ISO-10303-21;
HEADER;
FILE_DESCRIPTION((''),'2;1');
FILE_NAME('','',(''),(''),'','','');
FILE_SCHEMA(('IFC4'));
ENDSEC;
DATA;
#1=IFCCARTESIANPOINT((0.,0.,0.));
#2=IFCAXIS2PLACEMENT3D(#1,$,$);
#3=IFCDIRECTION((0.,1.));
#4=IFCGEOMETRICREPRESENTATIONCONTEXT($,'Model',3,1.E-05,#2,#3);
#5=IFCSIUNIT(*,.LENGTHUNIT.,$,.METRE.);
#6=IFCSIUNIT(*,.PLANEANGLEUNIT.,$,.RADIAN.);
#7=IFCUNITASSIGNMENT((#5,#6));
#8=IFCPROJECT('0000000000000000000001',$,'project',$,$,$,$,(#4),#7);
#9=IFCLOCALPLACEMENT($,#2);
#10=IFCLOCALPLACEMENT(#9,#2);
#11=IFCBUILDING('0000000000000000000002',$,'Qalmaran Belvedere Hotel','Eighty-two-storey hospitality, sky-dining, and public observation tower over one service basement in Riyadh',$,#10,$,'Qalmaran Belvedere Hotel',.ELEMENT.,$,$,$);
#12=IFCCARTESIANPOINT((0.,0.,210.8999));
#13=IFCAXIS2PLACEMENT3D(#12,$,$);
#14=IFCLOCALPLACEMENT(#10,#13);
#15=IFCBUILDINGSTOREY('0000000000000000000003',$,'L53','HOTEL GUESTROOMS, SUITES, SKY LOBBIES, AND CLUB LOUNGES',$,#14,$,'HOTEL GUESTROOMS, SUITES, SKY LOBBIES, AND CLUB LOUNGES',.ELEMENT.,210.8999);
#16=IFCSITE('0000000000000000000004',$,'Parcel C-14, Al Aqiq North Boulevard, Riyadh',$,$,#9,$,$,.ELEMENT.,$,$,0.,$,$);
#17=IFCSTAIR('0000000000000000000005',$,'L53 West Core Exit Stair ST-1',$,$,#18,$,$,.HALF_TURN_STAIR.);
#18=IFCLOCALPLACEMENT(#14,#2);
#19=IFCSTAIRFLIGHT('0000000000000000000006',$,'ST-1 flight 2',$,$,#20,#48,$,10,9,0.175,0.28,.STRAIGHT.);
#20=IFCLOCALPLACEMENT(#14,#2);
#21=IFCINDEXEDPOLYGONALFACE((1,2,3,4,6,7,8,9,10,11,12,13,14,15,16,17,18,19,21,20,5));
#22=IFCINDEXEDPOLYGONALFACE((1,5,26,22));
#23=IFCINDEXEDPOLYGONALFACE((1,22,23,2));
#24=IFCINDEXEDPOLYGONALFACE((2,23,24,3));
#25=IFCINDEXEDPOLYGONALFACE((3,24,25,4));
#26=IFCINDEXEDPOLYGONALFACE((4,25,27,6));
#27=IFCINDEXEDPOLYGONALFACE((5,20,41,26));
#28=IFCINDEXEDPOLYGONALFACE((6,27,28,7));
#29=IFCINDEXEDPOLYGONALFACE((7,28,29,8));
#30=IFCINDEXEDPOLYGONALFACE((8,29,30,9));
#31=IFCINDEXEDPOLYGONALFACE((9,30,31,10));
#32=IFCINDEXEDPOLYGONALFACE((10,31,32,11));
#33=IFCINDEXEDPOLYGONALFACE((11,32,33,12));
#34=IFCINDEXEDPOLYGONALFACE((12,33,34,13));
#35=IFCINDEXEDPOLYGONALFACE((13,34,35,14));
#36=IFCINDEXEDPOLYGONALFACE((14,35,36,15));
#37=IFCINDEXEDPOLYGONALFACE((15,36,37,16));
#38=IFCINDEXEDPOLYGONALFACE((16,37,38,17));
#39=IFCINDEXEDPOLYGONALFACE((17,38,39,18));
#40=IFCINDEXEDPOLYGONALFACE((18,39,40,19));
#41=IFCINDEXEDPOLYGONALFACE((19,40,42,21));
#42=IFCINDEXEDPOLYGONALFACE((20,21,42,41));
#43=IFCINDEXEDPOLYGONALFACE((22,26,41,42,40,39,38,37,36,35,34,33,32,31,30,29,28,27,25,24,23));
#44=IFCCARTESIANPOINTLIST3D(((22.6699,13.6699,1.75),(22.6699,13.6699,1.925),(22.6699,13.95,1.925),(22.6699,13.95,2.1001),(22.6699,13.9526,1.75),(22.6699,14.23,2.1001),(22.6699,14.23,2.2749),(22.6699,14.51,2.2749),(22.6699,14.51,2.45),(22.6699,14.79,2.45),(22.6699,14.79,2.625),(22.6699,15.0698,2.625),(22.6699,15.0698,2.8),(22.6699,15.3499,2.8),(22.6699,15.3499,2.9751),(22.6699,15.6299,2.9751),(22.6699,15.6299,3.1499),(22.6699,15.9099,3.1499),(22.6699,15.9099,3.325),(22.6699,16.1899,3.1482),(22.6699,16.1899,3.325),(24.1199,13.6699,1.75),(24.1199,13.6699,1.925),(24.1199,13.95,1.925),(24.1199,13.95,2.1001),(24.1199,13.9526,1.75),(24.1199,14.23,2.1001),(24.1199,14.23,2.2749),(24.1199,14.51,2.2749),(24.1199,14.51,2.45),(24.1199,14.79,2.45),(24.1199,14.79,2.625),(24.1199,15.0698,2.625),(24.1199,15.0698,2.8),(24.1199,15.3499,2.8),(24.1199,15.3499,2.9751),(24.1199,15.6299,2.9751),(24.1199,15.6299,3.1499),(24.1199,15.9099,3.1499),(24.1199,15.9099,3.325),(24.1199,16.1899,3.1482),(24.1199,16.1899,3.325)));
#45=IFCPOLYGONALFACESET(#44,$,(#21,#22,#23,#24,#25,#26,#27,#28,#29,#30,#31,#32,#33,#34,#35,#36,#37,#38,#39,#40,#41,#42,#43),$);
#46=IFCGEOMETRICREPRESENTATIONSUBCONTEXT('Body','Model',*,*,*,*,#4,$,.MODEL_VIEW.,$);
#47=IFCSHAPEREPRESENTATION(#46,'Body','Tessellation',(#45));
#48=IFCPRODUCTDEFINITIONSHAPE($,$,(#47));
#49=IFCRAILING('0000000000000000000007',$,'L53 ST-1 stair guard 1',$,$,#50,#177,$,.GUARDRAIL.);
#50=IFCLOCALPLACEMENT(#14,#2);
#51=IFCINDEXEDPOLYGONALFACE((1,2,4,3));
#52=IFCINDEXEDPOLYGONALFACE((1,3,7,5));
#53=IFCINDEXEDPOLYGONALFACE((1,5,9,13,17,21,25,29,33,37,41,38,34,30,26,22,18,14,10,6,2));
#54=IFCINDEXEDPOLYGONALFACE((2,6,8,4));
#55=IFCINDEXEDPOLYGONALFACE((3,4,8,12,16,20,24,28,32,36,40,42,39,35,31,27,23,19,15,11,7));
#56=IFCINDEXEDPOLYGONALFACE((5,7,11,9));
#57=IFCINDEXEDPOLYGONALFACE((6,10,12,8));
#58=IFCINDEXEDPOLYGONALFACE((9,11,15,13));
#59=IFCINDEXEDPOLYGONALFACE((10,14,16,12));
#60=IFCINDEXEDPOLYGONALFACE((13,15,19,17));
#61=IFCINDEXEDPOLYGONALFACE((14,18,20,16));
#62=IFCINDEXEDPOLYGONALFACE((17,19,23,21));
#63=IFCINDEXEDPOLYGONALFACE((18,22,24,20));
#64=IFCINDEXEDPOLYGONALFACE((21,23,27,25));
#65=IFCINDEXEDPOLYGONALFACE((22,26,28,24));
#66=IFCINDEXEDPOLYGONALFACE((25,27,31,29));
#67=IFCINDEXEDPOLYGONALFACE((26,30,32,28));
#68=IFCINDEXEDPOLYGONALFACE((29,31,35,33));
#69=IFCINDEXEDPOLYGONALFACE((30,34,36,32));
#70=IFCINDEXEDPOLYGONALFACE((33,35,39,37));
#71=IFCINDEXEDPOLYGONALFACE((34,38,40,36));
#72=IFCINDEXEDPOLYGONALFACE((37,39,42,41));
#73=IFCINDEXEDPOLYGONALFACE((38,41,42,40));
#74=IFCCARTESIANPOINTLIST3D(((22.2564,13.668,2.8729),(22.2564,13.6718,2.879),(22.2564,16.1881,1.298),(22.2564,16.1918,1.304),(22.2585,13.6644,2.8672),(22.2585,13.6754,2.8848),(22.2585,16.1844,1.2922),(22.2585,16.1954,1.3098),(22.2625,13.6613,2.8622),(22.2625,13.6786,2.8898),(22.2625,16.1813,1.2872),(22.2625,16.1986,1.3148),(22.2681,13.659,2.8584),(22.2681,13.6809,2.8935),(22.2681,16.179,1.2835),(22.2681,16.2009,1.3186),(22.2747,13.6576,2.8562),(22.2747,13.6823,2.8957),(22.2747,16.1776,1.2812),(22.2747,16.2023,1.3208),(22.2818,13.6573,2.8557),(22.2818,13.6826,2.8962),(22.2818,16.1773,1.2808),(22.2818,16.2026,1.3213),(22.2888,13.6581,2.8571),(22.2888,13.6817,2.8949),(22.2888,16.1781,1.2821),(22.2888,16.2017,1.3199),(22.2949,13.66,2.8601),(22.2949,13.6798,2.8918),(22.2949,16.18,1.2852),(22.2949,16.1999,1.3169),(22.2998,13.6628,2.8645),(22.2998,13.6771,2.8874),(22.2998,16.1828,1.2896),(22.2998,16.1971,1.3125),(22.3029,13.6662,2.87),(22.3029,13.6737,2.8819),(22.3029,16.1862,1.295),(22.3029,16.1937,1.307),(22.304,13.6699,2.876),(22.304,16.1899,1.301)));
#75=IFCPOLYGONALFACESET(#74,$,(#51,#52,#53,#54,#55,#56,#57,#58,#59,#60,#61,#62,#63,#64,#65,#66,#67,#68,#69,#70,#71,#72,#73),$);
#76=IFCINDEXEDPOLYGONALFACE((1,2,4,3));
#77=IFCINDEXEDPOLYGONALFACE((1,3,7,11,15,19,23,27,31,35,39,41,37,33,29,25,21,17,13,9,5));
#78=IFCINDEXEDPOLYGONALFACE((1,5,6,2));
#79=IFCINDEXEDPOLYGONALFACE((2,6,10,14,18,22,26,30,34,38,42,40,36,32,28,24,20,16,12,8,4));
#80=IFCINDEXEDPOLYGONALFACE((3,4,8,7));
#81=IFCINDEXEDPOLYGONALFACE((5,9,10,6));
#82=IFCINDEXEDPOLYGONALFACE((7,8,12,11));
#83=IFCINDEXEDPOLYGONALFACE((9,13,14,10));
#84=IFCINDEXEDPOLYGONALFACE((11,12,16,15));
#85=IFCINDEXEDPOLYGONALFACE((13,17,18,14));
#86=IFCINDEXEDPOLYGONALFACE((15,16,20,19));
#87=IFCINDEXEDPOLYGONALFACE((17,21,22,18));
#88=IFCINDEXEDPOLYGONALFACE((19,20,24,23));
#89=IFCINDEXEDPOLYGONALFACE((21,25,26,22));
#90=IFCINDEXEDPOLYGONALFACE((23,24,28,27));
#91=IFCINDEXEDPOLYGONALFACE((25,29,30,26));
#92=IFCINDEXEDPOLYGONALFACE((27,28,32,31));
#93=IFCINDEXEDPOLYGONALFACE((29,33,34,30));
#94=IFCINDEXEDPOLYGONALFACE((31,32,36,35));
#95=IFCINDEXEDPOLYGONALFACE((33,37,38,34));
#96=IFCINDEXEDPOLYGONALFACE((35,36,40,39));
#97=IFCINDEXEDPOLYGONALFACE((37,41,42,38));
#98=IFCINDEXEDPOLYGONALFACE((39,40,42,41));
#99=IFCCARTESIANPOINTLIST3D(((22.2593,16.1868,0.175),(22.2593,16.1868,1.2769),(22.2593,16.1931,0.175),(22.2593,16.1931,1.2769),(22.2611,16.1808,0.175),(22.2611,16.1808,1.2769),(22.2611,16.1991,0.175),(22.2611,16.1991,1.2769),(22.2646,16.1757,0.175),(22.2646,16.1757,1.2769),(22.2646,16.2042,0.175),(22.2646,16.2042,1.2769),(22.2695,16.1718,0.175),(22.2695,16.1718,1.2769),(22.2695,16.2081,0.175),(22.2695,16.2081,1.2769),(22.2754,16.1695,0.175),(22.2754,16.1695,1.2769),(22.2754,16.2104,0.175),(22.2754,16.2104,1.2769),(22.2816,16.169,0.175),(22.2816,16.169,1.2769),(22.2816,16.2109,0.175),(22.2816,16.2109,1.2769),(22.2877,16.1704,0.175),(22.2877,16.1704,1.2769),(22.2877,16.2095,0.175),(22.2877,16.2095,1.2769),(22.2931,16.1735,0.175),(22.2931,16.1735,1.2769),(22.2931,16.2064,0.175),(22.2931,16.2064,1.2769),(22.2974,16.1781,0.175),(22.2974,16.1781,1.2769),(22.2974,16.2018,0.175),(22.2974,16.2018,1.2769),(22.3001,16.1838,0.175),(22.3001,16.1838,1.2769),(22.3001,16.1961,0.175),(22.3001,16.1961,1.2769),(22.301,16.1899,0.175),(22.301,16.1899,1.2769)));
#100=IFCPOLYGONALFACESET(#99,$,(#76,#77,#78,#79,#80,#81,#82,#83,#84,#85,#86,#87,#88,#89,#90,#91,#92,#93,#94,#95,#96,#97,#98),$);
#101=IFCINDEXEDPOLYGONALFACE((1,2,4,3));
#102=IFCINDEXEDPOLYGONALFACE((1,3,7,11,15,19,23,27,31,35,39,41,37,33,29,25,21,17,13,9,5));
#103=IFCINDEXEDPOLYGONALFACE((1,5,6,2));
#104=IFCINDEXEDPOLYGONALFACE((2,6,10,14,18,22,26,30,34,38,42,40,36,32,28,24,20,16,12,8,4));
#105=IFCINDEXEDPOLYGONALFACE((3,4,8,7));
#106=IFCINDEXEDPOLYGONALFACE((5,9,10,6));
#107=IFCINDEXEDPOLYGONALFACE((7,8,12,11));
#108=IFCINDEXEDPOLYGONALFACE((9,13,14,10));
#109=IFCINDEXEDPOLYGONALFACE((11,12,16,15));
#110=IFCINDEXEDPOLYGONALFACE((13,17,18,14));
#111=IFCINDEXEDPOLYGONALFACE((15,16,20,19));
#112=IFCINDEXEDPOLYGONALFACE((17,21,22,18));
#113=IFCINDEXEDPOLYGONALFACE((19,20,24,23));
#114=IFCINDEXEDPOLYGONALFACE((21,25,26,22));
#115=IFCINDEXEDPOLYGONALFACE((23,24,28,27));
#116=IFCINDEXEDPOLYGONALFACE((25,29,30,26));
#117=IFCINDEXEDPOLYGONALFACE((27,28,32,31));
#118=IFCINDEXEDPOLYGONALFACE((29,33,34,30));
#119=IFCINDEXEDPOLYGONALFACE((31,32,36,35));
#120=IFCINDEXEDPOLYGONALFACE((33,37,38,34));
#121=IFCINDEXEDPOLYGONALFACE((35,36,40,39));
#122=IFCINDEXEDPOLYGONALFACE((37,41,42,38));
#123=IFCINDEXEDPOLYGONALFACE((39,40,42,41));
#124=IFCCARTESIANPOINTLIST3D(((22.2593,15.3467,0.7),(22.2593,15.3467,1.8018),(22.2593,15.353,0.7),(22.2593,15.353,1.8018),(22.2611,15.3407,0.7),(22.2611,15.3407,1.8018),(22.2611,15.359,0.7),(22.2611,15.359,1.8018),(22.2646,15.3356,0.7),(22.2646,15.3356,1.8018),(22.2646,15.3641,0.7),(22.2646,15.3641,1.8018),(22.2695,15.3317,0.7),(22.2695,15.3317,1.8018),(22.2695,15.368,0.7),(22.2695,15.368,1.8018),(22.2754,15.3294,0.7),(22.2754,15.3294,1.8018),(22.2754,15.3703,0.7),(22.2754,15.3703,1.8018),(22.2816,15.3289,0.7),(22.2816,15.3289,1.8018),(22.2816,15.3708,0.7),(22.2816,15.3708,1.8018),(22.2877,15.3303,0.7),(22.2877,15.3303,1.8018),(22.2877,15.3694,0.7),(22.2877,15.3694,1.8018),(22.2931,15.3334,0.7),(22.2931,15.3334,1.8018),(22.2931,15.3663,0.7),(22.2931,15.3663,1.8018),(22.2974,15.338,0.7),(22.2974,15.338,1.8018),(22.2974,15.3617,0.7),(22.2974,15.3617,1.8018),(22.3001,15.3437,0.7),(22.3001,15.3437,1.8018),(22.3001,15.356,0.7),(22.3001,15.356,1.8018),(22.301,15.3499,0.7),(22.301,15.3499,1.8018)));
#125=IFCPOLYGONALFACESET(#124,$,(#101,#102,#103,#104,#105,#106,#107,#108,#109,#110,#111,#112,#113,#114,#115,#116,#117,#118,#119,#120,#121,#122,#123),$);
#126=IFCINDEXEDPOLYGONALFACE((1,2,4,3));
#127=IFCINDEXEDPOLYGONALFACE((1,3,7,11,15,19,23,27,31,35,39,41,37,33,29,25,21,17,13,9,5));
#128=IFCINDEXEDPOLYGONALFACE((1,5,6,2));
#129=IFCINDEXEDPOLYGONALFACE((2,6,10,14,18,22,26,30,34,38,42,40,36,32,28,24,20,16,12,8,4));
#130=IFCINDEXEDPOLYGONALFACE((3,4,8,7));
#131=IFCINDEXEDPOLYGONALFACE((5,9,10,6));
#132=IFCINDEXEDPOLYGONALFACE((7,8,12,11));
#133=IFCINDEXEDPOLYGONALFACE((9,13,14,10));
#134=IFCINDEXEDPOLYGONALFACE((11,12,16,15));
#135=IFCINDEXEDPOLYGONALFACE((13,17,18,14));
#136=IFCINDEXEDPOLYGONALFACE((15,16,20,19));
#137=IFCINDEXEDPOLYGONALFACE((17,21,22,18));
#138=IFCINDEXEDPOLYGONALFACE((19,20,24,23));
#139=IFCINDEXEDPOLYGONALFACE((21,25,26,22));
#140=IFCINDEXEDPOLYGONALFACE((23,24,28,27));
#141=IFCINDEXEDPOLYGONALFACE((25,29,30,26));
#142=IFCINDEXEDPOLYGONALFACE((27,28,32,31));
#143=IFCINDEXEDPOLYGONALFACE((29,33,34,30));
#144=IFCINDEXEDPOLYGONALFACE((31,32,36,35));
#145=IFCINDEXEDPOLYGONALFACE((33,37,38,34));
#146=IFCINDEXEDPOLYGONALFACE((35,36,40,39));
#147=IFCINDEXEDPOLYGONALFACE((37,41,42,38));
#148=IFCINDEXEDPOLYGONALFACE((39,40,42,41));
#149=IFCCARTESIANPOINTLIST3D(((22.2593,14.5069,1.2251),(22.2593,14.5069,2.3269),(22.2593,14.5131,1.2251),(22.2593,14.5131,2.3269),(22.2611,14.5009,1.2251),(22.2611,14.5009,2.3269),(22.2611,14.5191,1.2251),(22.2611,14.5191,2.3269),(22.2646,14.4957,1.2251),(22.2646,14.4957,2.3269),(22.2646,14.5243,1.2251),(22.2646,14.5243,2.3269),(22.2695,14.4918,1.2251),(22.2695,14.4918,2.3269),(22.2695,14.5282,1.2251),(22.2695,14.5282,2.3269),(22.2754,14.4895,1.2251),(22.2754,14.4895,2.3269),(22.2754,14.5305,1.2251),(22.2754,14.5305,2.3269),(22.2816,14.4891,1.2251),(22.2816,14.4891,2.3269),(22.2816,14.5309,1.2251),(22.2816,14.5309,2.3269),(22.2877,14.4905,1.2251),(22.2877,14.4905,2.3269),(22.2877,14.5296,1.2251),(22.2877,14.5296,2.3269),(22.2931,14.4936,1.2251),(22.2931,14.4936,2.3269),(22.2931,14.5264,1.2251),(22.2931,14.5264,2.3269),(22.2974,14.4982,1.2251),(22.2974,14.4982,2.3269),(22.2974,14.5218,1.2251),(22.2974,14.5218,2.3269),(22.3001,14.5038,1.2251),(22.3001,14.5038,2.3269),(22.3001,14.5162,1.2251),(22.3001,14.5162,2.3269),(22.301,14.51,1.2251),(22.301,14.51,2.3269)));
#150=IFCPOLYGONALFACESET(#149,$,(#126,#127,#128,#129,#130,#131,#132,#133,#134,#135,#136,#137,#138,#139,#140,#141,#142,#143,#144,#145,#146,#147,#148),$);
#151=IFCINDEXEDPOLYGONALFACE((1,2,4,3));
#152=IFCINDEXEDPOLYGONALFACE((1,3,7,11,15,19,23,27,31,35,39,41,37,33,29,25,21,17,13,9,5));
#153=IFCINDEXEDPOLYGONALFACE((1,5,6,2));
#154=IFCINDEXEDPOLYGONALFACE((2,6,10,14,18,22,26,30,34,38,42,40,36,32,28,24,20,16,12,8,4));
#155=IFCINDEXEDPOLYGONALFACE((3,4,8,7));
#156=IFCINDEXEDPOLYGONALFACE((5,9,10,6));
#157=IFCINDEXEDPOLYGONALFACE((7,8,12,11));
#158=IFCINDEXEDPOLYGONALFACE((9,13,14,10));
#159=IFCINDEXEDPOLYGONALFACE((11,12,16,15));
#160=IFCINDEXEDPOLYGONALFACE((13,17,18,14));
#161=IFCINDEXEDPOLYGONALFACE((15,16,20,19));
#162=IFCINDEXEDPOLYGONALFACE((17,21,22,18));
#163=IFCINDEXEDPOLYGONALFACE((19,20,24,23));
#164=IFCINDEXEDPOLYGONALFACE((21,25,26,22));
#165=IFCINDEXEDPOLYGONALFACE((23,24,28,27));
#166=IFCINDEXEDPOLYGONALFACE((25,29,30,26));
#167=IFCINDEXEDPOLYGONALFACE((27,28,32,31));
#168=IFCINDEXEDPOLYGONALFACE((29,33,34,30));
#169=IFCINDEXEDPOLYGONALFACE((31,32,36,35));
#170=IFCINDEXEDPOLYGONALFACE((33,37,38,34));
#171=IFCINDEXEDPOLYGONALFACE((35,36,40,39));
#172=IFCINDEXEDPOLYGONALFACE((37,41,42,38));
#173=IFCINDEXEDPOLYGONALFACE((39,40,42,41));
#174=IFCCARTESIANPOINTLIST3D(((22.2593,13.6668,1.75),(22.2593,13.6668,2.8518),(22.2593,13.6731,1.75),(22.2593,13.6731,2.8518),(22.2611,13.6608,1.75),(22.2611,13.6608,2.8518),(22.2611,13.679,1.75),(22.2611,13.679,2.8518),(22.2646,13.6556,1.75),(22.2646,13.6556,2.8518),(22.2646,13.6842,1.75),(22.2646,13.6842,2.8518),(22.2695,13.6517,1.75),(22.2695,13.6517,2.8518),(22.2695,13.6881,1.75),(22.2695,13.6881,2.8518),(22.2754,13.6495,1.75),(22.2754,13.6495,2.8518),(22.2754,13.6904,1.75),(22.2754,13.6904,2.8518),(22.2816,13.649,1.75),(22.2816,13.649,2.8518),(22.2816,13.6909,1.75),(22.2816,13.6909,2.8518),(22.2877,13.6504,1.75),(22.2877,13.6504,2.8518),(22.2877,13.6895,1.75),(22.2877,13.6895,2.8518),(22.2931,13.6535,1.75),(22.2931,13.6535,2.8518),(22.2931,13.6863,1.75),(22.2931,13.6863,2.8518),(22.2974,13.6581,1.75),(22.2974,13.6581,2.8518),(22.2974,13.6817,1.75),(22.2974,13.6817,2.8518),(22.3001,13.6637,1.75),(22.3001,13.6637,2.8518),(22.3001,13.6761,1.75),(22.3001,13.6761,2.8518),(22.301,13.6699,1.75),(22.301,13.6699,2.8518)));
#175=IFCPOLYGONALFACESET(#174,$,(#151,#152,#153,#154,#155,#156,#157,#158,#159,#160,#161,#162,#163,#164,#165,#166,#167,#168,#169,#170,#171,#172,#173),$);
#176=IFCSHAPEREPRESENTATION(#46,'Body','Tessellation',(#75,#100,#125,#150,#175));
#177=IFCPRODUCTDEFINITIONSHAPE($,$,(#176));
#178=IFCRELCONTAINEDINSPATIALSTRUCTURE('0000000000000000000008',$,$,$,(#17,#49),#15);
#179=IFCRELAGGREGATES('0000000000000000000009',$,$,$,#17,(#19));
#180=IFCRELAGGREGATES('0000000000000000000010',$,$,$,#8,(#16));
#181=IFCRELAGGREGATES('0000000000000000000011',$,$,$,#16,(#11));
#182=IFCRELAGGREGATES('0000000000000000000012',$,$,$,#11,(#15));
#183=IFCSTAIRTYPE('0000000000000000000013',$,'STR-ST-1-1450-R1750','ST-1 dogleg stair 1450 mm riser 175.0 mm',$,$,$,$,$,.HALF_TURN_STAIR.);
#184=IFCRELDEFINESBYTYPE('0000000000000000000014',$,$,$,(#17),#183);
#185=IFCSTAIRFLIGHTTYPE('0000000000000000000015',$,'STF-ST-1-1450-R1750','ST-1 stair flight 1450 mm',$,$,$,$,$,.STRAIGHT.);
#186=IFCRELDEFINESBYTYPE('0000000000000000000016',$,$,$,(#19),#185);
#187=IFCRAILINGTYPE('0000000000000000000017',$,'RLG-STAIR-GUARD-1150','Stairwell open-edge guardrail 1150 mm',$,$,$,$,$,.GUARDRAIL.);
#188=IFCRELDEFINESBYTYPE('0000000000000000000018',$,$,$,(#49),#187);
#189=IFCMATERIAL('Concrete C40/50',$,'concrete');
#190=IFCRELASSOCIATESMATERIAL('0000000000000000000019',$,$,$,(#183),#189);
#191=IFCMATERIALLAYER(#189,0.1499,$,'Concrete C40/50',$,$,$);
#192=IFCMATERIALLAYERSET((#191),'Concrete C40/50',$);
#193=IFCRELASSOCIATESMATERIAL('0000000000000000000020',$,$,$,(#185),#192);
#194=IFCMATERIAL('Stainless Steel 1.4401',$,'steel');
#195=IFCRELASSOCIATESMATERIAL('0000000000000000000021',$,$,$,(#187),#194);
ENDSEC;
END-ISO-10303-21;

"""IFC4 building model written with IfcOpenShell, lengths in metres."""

from ifc_helpers import new_model, si_unit, direction, frame, origin, origin_2d, place, context, subcontext, project, spatial, polyline, circle, outline, extrude, material, layer, layer_set, type_object, element, aggregate, save


model = new_model("IFC4")

# Units and contexts
model_context = context("Model", 3, precision=1e-05, world=origin(), true_north=direction((0.0, 1.0)))
body_context = subcontext(model_context, "Body", "Model", "MODEL_VIEW")
ifc_project = project(units=[si_unit("LENGTHUNIT", "METRE"), si_unit("PLANEANGLEUNIT", "RADIAN")], contexts=[model_context])

# Site, building, storey
site_placement = place(None, origin())
site = spatial("IfcSite", under=ifc_project, at=site_placement, Name="Parcel C-14, Al Aqiq North Boulevard, Riyadh", CompositionType="ELEMENT", RefElevation=0.0)
building_placement = place(site_placement, origin())
building = spatial("IfcBuilding", under=site, at=building_placement, Name="Qalmaran Belvedere Hotel", Description="Eighty-two-storey hospitality, sky-dining, and public observation tower over one service basement in Riyadh", LongName="Qalmaran Belvedere Hotel", CompositionType="ELEMENT")
storey_placement = place(building_placement, frame((0.0, 0.0, 210.8999)))
storey = spatial("IfcBuildingStorey", under=building, at=storey_placement, Name="L53", Description="HOTEL GUESTROOMS, SUITES, SKY LOBBIES, AND CLUB LOUNGES", LongName="HOTEL GUESTROOMS, SUITES, SKY LOBBIES, AND CLUB LOUNGES", CompositionType="ELEMENT", Elevation=210.8999)

# Shared definitions
ifc_material_1 = material(Name="Stainless Steel 1.4401", Category="steel")

# Stair, stair flight
ifc_material_2 = material(Name="Concrete C40/50", Category="concrete")
stair_type = type_object("IfcStairType", Name="STR-ST-1-1450-R1750", Description="ST-1 dogleg stair 1450 mm riser 175.0 mm", PredefinedType="HALF_TURN_STAIR", material=ifc_material_2)
stair_placement = place(storey_placement, origin())
stair = element("IfcStair", 1, at=stair_placement, inside=storey, type_object=stair_type, Name="L53 West Core Exit Stair ST-1", PredefinedType="HALF_TURN_STAIR")
ifc_layer_1 = layer(ifc_material_2, 0.1499, Name="Concrete C40/50")
ifc_layer_set_1 = layer_set([ifc_layer_1], Name="Concrete C40/50")
stair_flight_type = type_object("IfcStairFlightType", Name="STF-ST-1-1450-R1750", Description="ST-1 stair flight 1450 mm", PredefinedType="STRAIGHT", material=ifc_layer_set_1)
stair_flight_1_placement = place(storey_placement, frame((23.395, 13.6699, 1.75), z_axis=(0.0, 0.0, 1.0), x_axis=(0.0, 1.0, 0.0)))
stair_flight_1 = element("IfcStairFlight", 2, at=stair_flight_1_placement, type_object=stair_flight_type, Name="ST-1 flight 2", NumberOfRisers=10, NumberOfTreads=9, PredefinedType="STRAIGHT", RiserHeight=0.175, TreadLength=0.28, context=body_context, shape_type="SweptSolid", body=[
    extrude(outline(polyline([(0.0, 0.0), (0.0, 0.175), (0.28, 0.175), (0.28, 0.3501), (0.5601, 0.3501), (0.5601, 0.5249), (0.8401, 0.5249), (0.8401, 0.7), (1.1201, 0.7), (1.1201, 0.875), (1.3999, 0.875), (1.3999, 1.05), (1.6799, 1.05), (1.6799, 1.2251), (1.96, 1.2251), (1.96, 1.3999), (2.24, 1.3999), (2.24, 1.575), (2.52, 1.575), (2.52, 1.75), (2.52, 1.3982), (0.2827, 0.0), (0.0, 0.0)])), frame((0.0, 0.7251, 0.0), z_axis=(0.0, -1.0, 0.0), x_axis=(1.0, 0.0, 0.0)), (0.0, 0.0, 1.0), 1.45),
])
aggregate(stair, [stair_flight_1])

# Railing
railing_type_1 = type_object("IfcRailingType", Name="RLG-STAIR-GUARD-1150", Description="Stairwell open-edge guardrail 1150 mm", PredefinedType="GUARDRAIL", material=ifc_material_1)
railing_1_placement = place(storey_placement, frame((22.28, 16.1899, 0.175)))
element("IfcRailing", 3, at=railing_1_placement, inside=storey, type_object=railing_type_1, Name="L53 ST-1 stair guard 1", PredefinedType="GUARDRAIL", context=body_context, shape_type="SweptSolid", body=[
    extrude(circle(Radius=0.0239, at=origin_2d()), frame((0.0, 0.0, 1.126), z_axis=(0.0, -0.848008, 0.529984), x_axis=(1.0, 0.0, 0.0)), (0.0, 0.0, 1.0), 2.9717),
    extrude(circle(Radius=0.021, at=origin_2d()), origin(), (0.0, 0.0, 1.0), 1.1018),
    extrude(circle(Radius=0.021, at=origin_2d()), frame((0.0, -0.8401, 0.5249)), (0.0, 0.0, 1.0), 1.1018),
    extrude(circle(Radius=0.021, at=origin_2d()), frame((0.0, -1.6799, 1.05)), (0.0, 0.0, 1.0), 1.1018),
    extrude(circle(Radius=0.021, at=origin_2d()), frame((0.0, -2.52, 1.575)), (0.0, 0.0, 1.0), 1.1018),
])

save(model, "model.ifc")
